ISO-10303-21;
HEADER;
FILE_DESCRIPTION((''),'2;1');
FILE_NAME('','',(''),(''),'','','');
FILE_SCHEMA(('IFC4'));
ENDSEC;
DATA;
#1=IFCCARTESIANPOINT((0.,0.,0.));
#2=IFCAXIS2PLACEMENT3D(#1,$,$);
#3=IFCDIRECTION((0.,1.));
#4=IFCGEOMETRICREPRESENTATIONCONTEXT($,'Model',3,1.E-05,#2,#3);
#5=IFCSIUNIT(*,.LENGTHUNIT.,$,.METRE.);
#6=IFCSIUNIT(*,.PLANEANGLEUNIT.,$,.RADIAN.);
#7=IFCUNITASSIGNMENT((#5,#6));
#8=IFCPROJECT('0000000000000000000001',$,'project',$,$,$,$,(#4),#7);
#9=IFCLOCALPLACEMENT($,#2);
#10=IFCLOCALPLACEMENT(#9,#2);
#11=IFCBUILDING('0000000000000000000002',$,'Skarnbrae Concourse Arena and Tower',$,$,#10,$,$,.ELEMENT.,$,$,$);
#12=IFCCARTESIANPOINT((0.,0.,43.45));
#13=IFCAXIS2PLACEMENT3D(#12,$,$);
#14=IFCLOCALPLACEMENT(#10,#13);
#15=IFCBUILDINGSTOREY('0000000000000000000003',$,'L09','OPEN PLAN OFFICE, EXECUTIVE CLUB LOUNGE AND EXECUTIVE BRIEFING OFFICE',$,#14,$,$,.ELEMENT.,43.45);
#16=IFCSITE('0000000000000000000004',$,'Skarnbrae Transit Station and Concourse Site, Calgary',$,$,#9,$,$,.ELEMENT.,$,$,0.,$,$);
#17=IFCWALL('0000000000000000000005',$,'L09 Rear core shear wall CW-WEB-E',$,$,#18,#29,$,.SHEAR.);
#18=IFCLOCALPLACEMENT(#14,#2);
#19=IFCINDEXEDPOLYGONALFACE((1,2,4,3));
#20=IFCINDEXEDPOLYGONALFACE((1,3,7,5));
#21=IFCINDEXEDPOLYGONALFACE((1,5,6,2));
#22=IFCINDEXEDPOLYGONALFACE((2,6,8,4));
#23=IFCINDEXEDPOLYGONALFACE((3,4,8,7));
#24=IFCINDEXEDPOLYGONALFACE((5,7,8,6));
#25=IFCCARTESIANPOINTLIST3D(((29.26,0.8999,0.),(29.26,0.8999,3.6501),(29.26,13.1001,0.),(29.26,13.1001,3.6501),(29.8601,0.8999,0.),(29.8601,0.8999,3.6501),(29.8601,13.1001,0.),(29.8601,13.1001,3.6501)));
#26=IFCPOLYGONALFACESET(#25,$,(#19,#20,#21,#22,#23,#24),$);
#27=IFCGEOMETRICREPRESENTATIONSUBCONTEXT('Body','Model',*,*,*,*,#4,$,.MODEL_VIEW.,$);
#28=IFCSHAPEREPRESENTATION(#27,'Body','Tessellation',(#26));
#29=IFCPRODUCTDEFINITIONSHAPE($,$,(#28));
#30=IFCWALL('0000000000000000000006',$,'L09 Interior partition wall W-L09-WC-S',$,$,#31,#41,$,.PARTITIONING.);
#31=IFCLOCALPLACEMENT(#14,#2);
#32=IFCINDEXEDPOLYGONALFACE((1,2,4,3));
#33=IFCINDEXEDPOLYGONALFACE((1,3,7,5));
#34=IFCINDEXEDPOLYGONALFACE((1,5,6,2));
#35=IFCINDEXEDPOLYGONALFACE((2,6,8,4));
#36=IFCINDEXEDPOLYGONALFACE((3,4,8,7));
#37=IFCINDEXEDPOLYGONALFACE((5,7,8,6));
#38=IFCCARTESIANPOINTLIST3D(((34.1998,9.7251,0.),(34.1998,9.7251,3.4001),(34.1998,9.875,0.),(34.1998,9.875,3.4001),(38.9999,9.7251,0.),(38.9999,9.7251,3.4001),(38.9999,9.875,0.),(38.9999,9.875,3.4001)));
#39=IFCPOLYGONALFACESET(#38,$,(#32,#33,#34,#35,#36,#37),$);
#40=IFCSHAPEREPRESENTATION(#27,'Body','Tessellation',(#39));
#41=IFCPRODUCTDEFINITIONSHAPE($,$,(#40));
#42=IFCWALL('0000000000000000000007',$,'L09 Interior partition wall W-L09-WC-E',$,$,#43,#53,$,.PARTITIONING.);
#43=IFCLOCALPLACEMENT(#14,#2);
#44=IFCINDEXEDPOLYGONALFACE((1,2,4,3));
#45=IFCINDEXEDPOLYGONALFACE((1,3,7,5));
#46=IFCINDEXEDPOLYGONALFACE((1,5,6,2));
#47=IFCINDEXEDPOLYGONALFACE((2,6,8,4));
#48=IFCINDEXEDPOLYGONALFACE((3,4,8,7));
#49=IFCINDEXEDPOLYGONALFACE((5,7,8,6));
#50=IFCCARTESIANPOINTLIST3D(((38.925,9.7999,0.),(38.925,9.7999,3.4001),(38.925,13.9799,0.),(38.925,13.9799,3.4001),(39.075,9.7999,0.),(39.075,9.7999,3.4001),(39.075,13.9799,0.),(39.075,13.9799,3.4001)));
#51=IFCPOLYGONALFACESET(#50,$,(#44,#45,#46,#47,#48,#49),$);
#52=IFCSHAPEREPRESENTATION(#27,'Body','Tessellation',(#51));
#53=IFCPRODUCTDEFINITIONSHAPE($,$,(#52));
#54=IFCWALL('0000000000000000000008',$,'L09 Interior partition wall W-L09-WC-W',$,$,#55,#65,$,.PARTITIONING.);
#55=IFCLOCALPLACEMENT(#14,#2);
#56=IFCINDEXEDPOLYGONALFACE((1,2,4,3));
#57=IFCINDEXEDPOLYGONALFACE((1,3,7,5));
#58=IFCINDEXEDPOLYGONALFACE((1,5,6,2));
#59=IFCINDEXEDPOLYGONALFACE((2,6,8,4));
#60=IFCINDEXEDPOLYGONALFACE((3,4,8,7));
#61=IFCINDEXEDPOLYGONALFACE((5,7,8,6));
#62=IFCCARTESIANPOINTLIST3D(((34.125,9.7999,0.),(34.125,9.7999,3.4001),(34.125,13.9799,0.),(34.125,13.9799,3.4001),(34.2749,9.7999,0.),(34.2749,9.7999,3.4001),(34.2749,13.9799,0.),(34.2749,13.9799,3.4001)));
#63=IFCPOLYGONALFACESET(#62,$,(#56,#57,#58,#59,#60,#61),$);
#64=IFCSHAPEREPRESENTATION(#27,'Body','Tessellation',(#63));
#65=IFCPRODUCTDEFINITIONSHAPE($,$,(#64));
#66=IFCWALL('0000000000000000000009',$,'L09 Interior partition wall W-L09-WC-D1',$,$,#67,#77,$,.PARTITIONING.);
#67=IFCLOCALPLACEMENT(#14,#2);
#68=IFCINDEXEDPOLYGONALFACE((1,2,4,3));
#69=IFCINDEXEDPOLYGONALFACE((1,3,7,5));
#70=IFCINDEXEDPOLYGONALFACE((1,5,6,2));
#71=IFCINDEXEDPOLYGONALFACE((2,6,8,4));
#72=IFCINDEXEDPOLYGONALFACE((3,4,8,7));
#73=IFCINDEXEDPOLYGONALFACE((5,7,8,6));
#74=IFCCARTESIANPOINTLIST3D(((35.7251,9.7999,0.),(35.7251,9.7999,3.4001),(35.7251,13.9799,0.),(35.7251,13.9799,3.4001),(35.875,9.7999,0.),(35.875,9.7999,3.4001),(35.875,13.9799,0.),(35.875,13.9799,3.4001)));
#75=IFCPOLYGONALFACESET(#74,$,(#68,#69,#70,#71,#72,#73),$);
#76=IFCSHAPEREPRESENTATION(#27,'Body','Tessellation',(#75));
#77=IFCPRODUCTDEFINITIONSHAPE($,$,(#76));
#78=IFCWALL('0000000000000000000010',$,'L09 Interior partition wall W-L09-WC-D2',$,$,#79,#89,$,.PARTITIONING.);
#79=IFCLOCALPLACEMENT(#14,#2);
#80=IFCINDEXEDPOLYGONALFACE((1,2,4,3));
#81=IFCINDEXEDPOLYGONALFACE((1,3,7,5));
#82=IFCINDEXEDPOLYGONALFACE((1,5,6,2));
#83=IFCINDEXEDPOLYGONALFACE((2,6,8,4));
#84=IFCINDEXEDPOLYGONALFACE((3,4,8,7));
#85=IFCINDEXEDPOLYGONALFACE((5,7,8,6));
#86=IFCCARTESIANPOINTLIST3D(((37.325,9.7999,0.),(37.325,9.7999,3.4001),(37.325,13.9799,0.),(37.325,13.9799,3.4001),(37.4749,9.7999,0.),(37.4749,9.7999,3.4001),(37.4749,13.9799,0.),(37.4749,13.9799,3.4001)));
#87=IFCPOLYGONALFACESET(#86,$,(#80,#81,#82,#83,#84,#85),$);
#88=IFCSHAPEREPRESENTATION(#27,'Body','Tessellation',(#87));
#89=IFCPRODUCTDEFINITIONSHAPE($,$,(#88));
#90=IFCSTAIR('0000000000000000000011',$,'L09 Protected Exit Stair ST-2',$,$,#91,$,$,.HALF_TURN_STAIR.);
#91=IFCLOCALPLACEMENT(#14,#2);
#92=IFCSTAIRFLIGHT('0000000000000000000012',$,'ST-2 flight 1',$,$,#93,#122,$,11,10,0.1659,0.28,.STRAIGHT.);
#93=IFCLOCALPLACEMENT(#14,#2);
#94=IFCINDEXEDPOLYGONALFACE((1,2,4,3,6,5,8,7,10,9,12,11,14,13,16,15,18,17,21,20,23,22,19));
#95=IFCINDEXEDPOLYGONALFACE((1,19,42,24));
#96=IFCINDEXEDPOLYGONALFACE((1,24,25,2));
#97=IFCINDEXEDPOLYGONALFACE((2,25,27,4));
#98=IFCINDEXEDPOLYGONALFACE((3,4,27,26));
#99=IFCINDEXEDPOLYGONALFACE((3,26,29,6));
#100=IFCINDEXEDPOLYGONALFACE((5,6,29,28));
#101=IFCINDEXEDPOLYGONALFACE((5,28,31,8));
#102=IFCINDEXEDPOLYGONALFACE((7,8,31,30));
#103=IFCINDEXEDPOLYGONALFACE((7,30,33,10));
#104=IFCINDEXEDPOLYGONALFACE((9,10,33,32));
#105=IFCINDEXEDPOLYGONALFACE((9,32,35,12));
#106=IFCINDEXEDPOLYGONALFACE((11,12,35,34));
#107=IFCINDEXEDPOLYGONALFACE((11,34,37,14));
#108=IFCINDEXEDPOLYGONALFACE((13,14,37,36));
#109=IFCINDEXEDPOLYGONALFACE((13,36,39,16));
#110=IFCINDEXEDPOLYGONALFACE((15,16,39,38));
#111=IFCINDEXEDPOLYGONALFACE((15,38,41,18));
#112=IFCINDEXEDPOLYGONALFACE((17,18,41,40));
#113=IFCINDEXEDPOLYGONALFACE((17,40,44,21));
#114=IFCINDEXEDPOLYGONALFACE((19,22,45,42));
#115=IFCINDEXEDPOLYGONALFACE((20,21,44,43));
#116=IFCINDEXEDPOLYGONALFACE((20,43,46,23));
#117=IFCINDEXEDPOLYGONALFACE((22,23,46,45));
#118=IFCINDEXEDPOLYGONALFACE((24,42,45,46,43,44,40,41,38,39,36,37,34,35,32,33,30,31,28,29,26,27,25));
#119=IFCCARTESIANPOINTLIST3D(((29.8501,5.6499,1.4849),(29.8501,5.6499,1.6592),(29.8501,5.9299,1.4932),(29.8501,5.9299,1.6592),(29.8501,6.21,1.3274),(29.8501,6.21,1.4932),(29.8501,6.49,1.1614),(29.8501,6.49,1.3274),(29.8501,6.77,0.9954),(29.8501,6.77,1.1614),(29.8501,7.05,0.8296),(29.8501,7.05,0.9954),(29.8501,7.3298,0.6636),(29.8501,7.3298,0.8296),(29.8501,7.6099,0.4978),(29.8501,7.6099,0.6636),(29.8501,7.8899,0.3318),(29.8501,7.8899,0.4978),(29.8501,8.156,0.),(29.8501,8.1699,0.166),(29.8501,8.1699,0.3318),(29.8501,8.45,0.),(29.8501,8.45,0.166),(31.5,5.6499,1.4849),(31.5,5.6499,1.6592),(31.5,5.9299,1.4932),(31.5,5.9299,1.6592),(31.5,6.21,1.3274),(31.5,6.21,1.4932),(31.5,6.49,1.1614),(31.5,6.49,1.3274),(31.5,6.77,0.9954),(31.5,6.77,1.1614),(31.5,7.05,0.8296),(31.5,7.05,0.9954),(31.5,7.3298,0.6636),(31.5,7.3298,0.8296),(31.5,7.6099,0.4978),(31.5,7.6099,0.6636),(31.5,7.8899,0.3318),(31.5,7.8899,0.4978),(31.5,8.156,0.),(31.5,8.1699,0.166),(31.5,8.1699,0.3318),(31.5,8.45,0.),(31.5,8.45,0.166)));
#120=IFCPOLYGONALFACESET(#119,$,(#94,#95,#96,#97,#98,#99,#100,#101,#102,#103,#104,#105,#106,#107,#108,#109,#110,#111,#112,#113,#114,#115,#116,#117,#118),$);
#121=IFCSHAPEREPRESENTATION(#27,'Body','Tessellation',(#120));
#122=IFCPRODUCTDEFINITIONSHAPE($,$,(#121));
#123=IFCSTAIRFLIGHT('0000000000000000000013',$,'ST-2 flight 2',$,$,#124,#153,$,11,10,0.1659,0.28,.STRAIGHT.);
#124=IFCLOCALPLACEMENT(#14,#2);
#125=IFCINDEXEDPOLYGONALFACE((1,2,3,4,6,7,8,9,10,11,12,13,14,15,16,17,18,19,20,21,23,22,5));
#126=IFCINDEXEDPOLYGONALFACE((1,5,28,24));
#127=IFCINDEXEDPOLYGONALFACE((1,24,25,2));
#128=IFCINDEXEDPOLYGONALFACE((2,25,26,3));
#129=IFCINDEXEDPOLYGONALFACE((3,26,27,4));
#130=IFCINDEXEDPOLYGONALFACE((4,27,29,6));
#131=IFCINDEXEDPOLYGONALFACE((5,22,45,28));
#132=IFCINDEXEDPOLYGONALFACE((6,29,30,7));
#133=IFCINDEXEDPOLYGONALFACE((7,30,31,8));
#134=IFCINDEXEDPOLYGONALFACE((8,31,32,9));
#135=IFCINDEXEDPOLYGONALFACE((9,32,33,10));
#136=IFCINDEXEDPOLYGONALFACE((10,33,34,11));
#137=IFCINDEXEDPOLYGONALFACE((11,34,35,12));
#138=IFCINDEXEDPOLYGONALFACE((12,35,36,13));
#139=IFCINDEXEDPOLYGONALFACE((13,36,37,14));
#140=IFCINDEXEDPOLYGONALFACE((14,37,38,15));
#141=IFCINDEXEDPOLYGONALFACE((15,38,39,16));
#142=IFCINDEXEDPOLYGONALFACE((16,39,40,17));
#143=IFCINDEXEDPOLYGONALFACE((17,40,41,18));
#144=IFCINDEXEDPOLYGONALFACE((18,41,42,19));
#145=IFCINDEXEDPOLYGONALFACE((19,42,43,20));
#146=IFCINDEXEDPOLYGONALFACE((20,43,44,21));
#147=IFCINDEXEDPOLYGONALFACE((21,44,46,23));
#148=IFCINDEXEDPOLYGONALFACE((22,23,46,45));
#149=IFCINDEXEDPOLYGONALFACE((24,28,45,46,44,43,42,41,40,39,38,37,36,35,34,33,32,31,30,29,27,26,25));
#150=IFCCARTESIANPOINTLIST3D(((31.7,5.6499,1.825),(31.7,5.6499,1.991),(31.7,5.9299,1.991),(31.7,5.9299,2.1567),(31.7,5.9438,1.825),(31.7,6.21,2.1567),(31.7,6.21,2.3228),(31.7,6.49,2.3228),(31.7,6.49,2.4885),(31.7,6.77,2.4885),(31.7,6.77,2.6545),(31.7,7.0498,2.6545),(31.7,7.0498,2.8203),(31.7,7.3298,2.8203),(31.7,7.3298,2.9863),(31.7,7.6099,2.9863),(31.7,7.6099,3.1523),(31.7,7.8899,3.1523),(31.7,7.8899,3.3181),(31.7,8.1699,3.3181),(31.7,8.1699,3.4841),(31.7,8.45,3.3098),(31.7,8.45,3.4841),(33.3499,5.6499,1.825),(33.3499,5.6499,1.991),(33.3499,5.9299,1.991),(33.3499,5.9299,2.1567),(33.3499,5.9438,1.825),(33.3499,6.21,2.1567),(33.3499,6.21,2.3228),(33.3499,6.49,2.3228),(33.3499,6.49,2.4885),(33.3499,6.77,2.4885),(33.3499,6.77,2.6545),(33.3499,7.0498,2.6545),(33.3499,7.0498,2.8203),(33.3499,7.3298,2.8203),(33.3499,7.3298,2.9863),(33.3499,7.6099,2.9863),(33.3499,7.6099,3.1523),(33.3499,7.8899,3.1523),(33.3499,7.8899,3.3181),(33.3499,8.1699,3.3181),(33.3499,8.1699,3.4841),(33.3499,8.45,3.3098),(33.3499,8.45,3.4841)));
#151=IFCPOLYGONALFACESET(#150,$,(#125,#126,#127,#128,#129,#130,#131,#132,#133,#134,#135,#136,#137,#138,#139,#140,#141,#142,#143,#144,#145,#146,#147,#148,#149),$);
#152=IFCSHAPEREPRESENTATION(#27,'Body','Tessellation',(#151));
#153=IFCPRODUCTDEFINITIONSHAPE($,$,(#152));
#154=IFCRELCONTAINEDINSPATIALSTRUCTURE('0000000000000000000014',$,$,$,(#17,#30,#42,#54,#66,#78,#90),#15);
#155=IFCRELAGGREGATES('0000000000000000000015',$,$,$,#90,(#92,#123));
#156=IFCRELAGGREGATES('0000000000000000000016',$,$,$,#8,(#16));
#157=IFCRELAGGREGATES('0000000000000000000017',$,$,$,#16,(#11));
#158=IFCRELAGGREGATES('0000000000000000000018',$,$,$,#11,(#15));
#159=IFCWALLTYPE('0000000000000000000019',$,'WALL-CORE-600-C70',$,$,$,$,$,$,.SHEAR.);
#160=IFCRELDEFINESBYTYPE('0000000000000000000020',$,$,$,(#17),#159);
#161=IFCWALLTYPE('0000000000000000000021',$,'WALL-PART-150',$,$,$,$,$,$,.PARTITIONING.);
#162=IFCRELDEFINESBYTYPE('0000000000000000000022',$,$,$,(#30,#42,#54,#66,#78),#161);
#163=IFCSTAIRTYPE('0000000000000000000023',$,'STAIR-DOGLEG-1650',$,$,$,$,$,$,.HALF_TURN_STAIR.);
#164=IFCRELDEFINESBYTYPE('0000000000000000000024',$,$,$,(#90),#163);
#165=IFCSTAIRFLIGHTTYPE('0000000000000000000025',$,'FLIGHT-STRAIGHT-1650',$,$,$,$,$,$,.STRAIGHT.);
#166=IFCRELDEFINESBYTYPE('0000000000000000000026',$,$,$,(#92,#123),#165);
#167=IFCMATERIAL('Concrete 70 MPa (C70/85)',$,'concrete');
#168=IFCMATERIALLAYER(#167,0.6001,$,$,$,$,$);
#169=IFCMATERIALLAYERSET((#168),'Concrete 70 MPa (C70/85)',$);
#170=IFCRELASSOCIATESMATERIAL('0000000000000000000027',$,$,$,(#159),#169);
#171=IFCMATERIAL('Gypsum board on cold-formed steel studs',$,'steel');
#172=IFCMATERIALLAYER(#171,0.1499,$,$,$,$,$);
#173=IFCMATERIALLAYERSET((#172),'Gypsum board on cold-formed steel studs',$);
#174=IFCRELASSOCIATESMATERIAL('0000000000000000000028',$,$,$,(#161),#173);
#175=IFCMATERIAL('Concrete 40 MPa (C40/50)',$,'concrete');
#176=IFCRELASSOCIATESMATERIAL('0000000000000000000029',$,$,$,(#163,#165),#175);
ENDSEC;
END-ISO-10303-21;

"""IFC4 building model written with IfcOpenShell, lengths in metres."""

from ifc_helpers import new_model, si_unit, direction, frame, frame_2d, origin, place, context, subcontext, project, spatial, polyline, rectangle, outline, extrude, source, transform, mapped, material, layer, layer_set, type_object, element, aggregate, save


model = new_model("IFC4")

# Units and contexts
model_context = context("Model", 3, precision=1e-05, world=origin(), true_north=direction((0.0, 1.0)))
body_context = subcontext(model_context, "Body", "Model", "MODEL_VIEW")
ifc_project = project(units=[si_unit("LENGTHUNIT", "METRE"), si_unit("PLANEANGLEUNIT", "RADIAN")], contexts=[model_context])

# Site, building, storey
site_placement = place(None, origin())
site = spatial("IfcSite", under=ifc_project, at=site_placement, Name="Skarnbrae Transit Station and Concourse Site, Calgary", CompositionType="ELEMENT", RefElevation=0.0)
building_placement = place(site_placement, origin())
building = spatial("IfcBuilding", under=site, at=building_placement, Name="Skarnbrae Concourse Arena and Tower", CompositionType="ELEMENT")
storey_placement = place(building_placement, frame((0.0, 0.0, 43.45)))
storey = spatial("IfcBuildingStorey", under=building, at=storey_placement, Name="L09", Description="OPEN PLAN OFFICE, EXECUTIVE CLUB LOUNGE AND EXECUTIVE BRIEFING OFFICE", CompositionType="ELEMENT", Elevation=43.45)

# Wall
ifc_material_1 = material(Name="Concrete 70 MPa (C70/85)", Category="concrete")
ifc_layer_1 = layer(ifc_material_1, 0.6001)
ifc_layer_set_1 = layer_set([ifc_layer_1], Name="Concrete 70 MPa (C70/85)")
wall_type_1 = type_object("IfcWallType", Name="WALL-CORE-600-C70", PredefinedType="SHEAR", material=ifc_layer_set_1)
shared_shape_1 = source(origin(), body_context, "Body", "SweptSolid", [
    extrude(rectangle(XDim=12.2002, YDim=0.6001, at=frame_2d((6.1001, 0.0))), origin(), (0.0, 0.0, 1.0), 3.6501),
])
wall_1_placement = place(storey_placement, frame((29.5601, 0.8999, 0.0), z_axis=(0.0, 0.0, 1.0), x_axis=(0.0, 1.0, 0.0)))
element("IfcWall", 1, at=wall_1_placement, inside=storey, type_object=wall_type_1, Name="L09 Rear core shear wall CW-WEB-E", PredefinedType="SHEAR", context=body_context, shape_type="MappedRepresentation", body=[
    mapped(shared_shape_1, transform((0.0, 0.0, 0.0))),
])

# Walls
ifc_material_2 = material(Name="Gypsum board on cold-formed steel studs", Category="steel")
ifc_layer_2 = layer(ifc_material_2, 0.1499)
ifc_layer_set_2 = layer_set([ifc_layer_2], Name="Gypsum board on cold-formed steel studs")
wall_type_2 = type_object("IfcWallType", Name="WALL-PART-150", PredefinedType="PARTITIONING", material=ifc_layer_set_2)
shared_shape_2 = source(origin(), body_context, "Body", "SweptSolid", [
    extrude(rectangle(XDim=4.8, YDim=0.1499, at=frame_2d((2.3999, 0.0))), origin(), (0.0, 0.0, 1.0), 3.4001),
])
wall_2_placement = place(storey_placement, frame((34.2, 9.8, 0.0), z_axis=(0.0, 0.0, 1.0), x_axis=(1.0, 0.0, 0.0)))
element("IfcWall", 2, at=wall_2_placement, inside=storey, type_object=wall_type_2, Name="L09 Interior partition wall W-L09-WC-S", PredefinedType="PARTITIONING", context=body_context, shape_type="MappedRepresentation", body=[
    mapped(shared_shape_2, transform((0.0, 0.0, 0.0))),
])
shared_shape_3 = source(origin(), body_context, "Body", "SweptSolid", [
    extrude(rectangle(XDim=4.1799, YDim=0.1499, at=frame_2d((2.0898, 0.0))), origin(), (0.0, 0.0, 1.0), 3.4001),
])
for number, where, z_axis, x_axis, name in (
    (3, (39.0, 9.8, 0.0), (0.0, 0.0, 1.0), (0.0, 1.0, 0.0), "L09 Interior partition wall W-L09-WC-E"),
    (4, (34.2, 9.8, 0.0), (0.0, 0.0, 1.0), (0.0, 1.0, 0.0), "L09 Interior partition wall W-L09-WC-W"),
    (5, (35.8, 9.8, 0.0), (0.0, 0.0, 1.0), (0.0, 1.0, 0.0), "L09 Interior partition wall W-L09-WC-D1"),
    (6, (37.3999, 9.8, 0.0), (0.0, 0.0, 1.0), (0.0, 1.0, 0.0), "L09 Interior partition wall W-L09-WC-D2"),
):
    element("IfcWall", number, at=place(storey_placement, frame(where, z_axis=z_axis, x_axis=x_axis)), inside=storey, type_object=wall_type_2, Name=name, PredefinedType="PARTITIONING", context=body_context, shape_type="MappedRepresentation", body=[
        mapped(shared_shape_3, transform((0.0, 0.0, 0.0))),
    ])

# Stair, stair flights
ifc_material_3 = material(Name="Concrete 40 MPa (C40/50)", Category="concrete")
stair_type = type_object("IfcStairType", Name="STAIR-DOGLEG-1650", PredefinedType="HALF_TURN_STAIR", material=ifc_material_3)
stair_placement = place(storey_placement, origin())
stair = element("IfcStair", 7, at=stair_placement, inside=storey, type_object=stair_type, Name="L09 Protected Exit Stair ST-2", PredefinedType="HALF_TURN_STAIR")
stair_flight_type = type_object("IfcStairFlightType", Name="FLIGHT-STRAIGHT-1650", PredefinedType="STRAIGHT", material=ifc_material_3)
shared_shape_4 = source(origin(), body_context, "Body", "SweptSolid", [
    extrude(outline(polyline([(0.0, 0.0), (0.0, 0.166), (0.28, 0.166), (0.28, 0.3318), (0.5601, 0.3318), (0.5601, 0.4978), (0.8401, 0.4978), (0.8401, 0.6636), (1.1201, 0.6636), (1.1201, 0.8296), (1.3999, 0.8296), (1.3999, 0.9954), (1.6799, 0.9954), (1.6799, 1.1614), (1.96, 1.1614), (1.96, 1.3274), (2.24, 1.3274), (2.24, 1.4932), (2.52, 1.4932), (2.52, 1.6592), (2.8, 1.6592), (2.8, 1.825), (2.8, 1.4849), (0.2939, 0.0), (0.0, 0.0)])), frame((0.0, 0.825, 0.0), z_axis=(0.0, -1.0, 0.0), x_axis=(1.0, 0.0, 0.0)), (0.0, 0.0, 1.0), 1.6499),
])
stair_flight_1_placement = place(storey_placement, frame((30.675, 8.45, 0.0), z_axis=(0.0, 0.0, 1.0), x_axis=(0.0, -1.0, 0.0)))
stair_flight_1 = element("IfcStairFlight", 8, at=stair_flight_1_placement, type_object=stair_flight_type, Name="ST-2 flight 1", NumberOfRisers=11, NumberOfTreads=10, PredefinedType="STRAIGHT", RiserHeight=0.1659, TreadLength=0.28, context=body_context, shape_type="MappedRepresentation", body=[
    mapped(shared_shape_4, transform((0.0, 0.0, 0.0))),
])
stair_flight_2_placement = place(storey_placement, frame((32.5249, 5.6499, 1.825), z_axis=(0.0, 0.0, 1.0), x_axis=(0.0, 1.0, 0.0)))
stair_flight_2 = element("IfcStairFlight", 9, at=stair_flight_2_placement, type_object=stair_flight_type, Name="ST-2 flight 2", NumberOfRisers=11, NumberOfTreads=10, PredefinedType="STRAIGHT", RiserHeight=0.1659, TreadLength=0.28, context=body_context, shape_type="MappedRepresentation", body=[
    mapped(shared_shape_4, transform((0.0, 0.0, 0.0))),
])
aggregate(stair, [stair_flight_1, stair_flight_2])

save(model, "model.ifc")
